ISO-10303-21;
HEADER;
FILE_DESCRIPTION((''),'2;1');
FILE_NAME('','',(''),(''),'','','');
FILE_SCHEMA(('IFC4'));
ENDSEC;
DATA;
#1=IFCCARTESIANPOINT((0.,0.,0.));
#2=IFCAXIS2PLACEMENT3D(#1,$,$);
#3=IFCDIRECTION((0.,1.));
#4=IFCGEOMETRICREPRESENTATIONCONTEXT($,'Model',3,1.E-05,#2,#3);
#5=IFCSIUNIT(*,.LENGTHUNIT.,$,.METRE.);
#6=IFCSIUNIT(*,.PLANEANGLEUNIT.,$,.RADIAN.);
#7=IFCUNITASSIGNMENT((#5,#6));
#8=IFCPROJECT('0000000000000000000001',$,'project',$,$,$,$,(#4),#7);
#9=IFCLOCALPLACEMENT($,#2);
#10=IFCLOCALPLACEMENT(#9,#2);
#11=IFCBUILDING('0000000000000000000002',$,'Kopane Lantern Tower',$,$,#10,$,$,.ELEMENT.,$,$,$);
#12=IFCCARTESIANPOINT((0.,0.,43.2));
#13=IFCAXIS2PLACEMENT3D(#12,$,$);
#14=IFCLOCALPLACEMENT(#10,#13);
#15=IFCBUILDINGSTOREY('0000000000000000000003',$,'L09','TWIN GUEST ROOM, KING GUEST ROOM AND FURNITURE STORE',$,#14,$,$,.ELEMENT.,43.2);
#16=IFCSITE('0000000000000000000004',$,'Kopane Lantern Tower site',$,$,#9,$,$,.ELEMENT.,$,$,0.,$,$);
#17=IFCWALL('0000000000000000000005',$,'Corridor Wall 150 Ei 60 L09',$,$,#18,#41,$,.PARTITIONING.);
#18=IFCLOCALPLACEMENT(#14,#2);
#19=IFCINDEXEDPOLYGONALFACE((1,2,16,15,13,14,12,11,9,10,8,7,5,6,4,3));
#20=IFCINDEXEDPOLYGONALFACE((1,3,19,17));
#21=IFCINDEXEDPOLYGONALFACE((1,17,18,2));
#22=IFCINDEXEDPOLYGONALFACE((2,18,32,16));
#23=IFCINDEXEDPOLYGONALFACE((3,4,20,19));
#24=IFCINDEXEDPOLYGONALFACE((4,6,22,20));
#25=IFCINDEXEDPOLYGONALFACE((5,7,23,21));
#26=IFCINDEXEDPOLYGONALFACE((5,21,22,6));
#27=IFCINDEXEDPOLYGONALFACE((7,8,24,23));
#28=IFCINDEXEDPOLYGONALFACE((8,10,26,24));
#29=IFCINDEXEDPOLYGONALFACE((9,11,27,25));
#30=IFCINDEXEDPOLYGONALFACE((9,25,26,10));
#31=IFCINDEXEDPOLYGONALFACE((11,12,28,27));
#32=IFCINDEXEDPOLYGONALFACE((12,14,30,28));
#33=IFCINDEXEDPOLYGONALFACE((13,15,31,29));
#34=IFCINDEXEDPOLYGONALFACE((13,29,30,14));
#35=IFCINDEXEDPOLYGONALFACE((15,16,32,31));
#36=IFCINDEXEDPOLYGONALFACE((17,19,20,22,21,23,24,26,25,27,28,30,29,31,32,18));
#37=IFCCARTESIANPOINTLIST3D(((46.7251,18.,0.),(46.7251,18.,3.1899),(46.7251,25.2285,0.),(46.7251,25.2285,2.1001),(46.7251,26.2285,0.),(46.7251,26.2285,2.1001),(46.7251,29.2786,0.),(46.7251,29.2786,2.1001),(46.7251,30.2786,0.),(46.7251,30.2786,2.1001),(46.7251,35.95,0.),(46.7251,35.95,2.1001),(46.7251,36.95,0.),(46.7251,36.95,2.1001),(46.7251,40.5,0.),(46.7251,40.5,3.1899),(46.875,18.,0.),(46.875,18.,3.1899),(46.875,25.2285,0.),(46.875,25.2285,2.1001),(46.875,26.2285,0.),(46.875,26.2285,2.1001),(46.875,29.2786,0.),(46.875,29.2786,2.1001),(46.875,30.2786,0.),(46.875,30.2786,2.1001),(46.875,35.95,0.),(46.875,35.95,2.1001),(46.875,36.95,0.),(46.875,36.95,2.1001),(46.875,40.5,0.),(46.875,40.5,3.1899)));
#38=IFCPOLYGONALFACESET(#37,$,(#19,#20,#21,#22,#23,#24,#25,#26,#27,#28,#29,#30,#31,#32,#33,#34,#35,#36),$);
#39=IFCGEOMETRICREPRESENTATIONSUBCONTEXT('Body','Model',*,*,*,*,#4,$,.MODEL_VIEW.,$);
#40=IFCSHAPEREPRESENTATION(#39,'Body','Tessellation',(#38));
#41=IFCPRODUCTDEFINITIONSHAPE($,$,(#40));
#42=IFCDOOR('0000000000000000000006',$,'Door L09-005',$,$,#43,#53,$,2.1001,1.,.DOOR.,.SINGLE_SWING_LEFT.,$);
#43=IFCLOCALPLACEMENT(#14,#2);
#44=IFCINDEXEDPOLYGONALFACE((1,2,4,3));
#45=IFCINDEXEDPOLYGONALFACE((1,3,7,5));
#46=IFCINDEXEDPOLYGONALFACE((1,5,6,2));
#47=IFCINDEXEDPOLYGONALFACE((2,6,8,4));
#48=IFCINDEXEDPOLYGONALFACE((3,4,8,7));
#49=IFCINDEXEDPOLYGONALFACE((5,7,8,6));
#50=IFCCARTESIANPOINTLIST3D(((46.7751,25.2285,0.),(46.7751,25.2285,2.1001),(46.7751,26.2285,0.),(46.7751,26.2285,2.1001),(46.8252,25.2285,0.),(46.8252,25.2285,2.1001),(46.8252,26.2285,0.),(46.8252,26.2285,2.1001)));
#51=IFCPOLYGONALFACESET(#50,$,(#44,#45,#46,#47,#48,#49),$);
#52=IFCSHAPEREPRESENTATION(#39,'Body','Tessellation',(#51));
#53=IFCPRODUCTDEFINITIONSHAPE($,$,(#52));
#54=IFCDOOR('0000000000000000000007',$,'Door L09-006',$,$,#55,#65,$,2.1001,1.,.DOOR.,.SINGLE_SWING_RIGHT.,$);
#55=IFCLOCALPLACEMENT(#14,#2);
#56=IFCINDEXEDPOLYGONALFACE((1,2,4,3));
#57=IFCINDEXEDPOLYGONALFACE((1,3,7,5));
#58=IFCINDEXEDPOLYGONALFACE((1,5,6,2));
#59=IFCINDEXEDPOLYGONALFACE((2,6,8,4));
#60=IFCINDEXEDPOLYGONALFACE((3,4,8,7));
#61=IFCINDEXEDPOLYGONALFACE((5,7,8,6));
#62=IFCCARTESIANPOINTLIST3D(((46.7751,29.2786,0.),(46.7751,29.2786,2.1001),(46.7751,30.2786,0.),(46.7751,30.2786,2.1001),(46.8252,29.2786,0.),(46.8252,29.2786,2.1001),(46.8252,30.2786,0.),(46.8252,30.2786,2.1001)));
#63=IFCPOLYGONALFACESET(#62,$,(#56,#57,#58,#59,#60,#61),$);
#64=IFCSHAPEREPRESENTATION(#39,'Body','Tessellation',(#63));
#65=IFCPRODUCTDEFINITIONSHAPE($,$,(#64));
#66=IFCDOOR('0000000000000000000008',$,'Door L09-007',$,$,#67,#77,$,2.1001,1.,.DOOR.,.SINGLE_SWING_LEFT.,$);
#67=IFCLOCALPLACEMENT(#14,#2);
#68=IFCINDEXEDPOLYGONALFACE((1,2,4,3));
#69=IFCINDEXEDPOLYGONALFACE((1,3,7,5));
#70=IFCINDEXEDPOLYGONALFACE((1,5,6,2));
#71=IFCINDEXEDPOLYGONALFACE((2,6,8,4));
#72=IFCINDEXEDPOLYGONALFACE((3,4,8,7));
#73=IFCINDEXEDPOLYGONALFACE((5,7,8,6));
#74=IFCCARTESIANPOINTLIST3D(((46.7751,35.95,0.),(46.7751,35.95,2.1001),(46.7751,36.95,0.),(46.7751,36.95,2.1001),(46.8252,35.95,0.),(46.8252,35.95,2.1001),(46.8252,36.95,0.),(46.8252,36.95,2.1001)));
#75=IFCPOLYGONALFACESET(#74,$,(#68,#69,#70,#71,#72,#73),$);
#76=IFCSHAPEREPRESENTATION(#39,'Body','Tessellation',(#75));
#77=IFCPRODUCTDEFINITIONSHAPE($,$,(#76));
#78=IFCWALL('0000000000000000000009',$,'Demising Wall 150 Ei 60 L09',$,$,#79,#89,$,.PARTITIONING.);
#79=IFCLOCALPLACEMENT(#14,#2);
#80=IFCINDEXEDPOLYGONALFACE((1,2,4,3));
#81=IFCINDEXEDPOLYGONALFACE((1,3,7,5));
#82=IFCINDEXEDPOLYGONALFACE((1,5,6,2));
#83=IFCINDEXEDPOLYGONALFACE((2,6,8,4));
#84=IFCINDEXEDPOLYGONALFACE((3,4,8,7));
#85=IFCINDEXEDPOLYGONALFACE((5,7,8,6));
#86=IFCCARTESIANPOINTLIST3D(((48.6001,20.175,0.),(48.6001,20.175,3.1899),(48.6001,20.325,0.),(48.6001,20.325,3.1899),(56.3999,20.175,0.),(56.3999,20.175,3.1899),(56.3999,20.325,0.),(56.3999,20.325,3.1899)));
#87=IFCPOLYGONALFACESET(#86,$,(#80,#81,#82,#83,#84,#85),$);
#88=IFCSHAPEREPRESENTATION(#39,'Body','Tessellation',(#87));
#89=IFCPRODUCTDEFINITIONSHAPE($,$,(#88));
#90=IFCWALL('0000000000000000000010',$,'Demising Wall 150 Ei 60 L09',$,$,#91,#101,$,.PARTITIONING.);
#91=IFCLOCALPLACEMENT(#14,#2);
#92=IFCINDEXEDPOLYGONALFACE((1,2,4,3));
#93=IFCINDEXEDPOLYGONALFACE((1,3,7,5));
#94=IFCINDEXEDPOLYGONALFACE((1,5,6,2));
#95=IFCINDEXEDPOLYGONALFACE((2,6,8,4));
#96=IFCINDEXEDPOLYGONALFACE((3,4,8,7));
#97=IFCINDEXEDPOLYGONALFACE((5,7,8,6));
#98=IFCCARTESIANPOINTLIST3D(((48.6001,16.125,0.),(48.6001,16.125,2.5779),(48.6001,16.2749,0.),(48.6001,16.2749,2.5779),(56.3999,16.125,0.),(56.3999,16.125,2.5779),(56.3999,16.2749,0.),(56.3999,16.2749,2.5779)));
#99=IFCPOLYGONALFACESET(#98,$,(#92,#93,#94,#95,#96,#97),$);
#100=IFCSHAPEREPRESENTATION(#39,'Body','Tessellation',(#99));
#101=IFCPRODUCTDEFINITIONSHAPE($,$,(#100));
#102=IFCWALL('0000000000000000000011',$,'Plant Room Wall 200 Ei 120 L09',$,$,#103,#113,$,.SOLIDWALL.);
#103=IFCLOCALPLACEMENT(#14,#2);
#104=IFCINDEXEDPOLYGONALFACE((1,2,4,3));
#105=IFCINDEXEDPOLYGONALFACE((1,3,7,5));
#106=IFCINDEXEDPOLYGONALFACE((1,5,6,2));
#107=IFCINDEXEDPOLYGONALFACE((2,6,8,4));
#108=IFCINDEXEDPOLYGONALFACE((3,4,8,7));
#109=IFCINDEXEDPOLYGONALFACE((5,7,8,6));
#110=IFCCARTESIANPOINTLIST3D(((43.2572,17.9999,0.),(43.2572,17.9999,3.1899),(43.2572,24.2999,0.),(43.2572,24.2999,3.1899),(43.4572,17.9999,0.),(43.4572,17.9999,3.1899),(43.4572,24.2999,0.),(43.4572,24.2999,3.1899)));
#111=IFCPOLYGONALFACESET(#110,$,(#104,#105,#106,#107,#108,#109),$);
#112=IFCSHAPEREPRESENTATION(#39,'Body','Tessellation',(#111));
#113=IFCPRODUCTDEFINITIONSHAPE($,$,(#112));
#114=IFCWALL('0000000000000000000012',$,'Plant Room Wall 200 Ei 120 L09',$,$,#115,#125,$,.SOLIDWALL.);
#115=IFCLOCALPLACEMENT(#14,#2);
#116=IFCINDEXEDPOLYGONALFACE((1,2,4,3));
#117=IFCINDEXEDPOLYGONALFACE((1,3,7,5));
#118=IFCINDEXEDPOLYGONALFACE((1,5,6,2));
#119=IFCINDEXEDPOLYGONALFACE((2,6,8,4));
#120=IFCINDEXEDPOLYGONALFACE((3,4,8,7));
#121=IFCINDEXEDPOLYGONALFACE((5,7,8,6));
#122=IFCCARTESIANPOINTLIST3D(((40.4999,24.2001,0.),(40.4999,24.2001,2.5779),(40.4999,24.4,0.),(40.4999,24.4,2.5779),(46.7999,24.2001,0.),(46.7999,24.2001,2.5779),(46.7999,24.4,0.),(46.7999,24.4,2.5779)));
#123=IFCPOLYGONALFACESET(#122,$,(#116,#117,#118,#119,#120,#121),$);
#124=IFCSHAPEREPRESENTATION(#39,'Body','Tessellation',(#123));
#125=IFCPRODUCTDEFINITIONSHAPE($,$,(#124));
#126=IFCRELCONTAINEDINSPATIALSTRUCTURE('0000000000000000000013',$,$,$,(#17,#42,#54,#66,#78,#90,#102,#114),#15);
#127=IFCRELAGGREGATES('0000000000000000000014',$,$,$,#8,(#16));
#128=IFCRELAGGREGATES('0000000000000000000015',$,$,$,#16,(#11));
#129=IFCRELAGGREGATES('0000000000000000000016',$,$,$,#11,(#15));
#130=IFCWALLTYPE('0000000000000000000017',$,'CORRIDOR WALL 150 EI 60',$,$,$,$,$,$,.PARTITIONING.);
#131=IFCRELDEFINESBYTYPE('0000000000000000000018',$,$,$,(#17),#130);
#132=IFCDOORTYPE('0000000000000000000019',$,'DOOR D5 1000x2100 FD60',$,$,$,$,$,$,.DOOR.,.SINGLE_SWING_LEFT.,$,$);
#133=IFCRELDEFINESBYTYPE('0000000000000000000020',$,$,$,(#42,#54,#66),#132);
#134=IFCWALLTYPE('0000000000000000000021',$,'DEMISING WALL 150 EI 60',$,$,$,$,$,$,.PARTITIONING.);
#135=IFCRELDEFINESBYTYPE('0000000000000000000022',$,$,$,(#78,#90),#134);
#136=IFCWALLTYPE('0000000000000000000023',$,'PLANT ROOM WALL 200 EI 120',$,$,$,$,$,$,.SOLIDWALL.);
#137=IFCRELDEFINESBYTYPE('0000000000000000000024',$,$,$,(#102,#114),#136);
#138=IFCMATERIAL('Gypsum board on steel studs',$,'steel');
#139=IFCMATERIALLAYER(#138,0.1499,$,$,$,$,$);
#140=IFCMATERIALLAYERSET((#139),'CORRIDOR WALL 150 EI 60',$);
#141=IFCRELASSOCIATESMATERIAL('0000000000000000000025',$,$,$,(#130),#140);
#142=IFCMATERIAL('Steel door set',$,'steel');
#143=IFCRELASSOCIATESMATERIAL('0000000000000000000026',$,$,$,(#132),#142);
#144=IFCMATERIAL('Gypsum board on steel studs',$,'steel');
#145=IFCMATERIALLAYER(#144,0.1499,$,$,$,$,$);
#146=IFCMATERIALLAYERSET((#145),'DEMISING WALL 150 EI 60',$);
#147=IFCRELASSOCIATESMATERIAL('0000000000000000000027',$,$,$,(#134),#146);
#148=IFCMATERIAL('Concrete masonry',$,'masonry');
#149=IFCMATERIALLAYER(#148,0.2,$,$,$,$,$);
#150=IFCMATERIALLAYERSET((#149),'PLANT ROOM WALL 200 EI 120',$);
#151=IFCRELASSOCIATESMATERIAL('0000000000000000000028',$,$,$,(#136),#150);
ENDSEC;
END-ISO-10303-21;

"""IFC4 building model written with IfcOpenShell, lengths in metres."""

from ifc_helpers import new_model, si_unit, direction, frame, frame_2d, origin, place, context, subcontext, project, spatial, rectangle, extrude, material, layer, layer_set, type_object, element, fill, save


model = new_model("IFC4")

# Units and contexts
model_context = context("Model", 3, precision=1e-05, world=origin(), true_north=direction((0.0, 1.0)))
body_context = subcontext(model_context, "Body", "Model", "MODEL_VIEW")
ifc_project = project(units=[si_unit("LENGTHUNIT", "METRE"), si_unit("PLANEANGLEUNIT", "RADIAN")], contexts=[model_context])

# Site, building, storey
site_placement = place(None, origin())
site = spatial("IfcSite", under=ifc_project, at=site_placement, Name="Kopane Lantern Tower site", CompositionType="ELEMENT", RefElevation=0.0)
building_placement = place(site_placement, origin())
building = spatial("IfcBuilding", under=site, at=building_placement, Name="Kopane Lantern Tower", CompositionType="ELEMENT")
storey_placement = place(building_placement, frame((0.0, 0.0, 43.2)))
storey = spatial("IfcBuildingStorey", under=building, at=storey_placement, Name="L09", Description="TWIN GUEST ROOM, KING GUEST ROOM AND FURNITURE STORE", CompositionType="ELEMENT", Elevation=43.2)

# Wall, openings, doors
ifc_material_1 = material(Name="Gypsum board on steel studs", Category="steel")
ifc_layer_1 = layer(ifc_material_1, 0.1499)
ifc_layer_set_1 = layer_set([ifc_layer_1], Name="CORRIDOR WALL 150 EI 60")
wall_type_1 = type_object("IfcWallType", Name="CORRIDOR WALL 150 EI 60", PredefinedType="PARTITIONING", material=ifc_layer_set_1)
wall_1_placement = place(storey_placement, frame((46.8, 18.0, 0.0), z_axis=(0.0, 0.0, 1.0), x_axis=(0.0, 1.0, 0.0)))
wall_1 = element("IfcWall", 1, at=wall_1_placement, inside=storey, type_object=wall_type_1, Name="Corridor Wall 150 Ei 60 L09", PredefinedType="PARTITIONING", context=body_context, shape_type="SweptSolid", body=[
    extrude(rectangle(XDim=22.5, YDim=0.1499, at=frame_2d((11.25, 0.0))), origin(), (0.0, 0.0, 1.0), 3.1899),
])
opening_1_placement = place(wall_1_placement, frame((7.2285, 0.0, 0.0)))
opening_1 = element("IfcOpeningElement", 2, at=opening_1_placement, cuts=wall_1, PredefinedType="OPENING", context=body_context, shape_type="SweptSolid", body=[
    extrude(rectangle(XDim=1.0, YDim=2.1001, at=frame_2d((0.5, 1.05))), frame((0.0, 0.085, 0.0), z_axis=(0.0, -1.0, 0.0), x_axis=(1.0, 0.0, 0.0)), (0.0, 0.0, 1.0), 0.1699),
])
opening_2_placement = place(wall_1_placement, frame((11.2786, 0.0, 0.0)))
opening_2 = element("IfcOpeningElement", 3, at=opening_2_placement, cuts=wall_1, PredefinedType="OPENING", context=body_context, shape_type="SweptSolid", body=[
    extrude(rectangle(XDim=1.0, YDim=2.1001, at=frame_2d((0.5, 1.05))), frame((0.0, 0.085, 0.0), z_axis=(0.0, -1.0, 0.0), x_axis=(1.0, 0.0, 0.0)), (0.0, 0.0, 1.0), 0.1699),
])
opening_3_placement = place(wall_1_placement, frame((17.95, 0.0, 0.0)))
opening_3 = element("IfcOpeningElement", 4, at=opening_3_placement, cuts=wall_1, PredefinedType="OPENING", context=body_context, shape_type="SweptSolid", body=[
    extrude(rectangle(XDim=1.0, YDim=2.1001, at=frame_2d((0.5, 1.05))), frame((0.0, 0.085, 0.0), z_axis=(0.0, -1.0, 0.0), x_axis=(1.0, 0.0, 0.0)), (0.0, 0.0, 1.0), 0.1699),
])
ifc_material_2 = material(Name="Steel door set", Category="steel")
door_type_1 = type_object("IfcDoorType", Name="DOOR D5 1000x2100 FD60", OperationType="SINGLE_SWING_LEFT", PredefinedType="DOOR", material=ifc_material_2)
door_1_placement = place(opening_1_placement, origin())
door_1 = element("IfcDoor", 5, at=door_1_placement, inside=storey, type_object=door_type_1, Name="Door L09-005", OperationType="SINGLE_SWING_LEFT", OverallHeight=2.1001, OverallWidth=1.0, PredefinedType="DOOR", context=body_context, shape_type="SweptSolid", body=[
    extrude(rectangle(XDim=1.0, YDim=2.1001, at=frame_2d((0.5, 1.05))), frame((0.0, 0.0249, 0.0), z_axis=(0.0, -1.0, 0.0), x_axis=(1.0, 0.0, 0.0)), (0.0, 0.0, 1.0), 0.05),
])
fill(opening_1, door_1)
door_2_placement = place(opening_2_placement, origin())
door_2 = element("IfcDoor", 6, at=door_2_placement, inside=storey, type_object=door_type_1, Name="Door L09-006", OperationType="SINGLE_SWING_RIGHT", OverallHeight=2.1001, OverallWidth=1.0, PredefinedType="DOOR", context=body_context, shape_type="SweptSolid", body=[
    extrude(rectangle(XDim=1.0, YDim=2.1001, at=frame_2d((0.5, 1.05))), frame((0.0, 0.0249, 0.0), z_axis=(0.0, -1.0, 0.0), x_axis=(1.0, 0.0, 0.0)), (0.0, 0.0, 1.0), 0.05),
])
fill(opening_2, door_2)
door_3_placement = place(opening_3_placement, origin())
door_3 = element("IfcDoor", 7, at=door_3_placement, inside=storey, type_object=door_type_1, Name="Door L09-007", OperationType="SINGLE_SWING_LEFT", OverallHeight=2.1001, OverallWidth=1.0, PredefinedType="DOOR", context=body_context, shape_type="SweptSolid", body=[
    extrude(rectangle(XDim=1.0, YDim=2.1001, at=frame_2d((0.5, 1.05))), frame((0.0, 0.0249, 0.0), z_axis=(0.0, -1.0, 0.0), x_axis=(1.0, 0.0, 0.0)), (0.0, 0.0, 1.0), 0.05),
])
fill(opening_3, door_3)

# Walls
ifc_material_3 = material(Name="Gypsum board on steel studs", Category="steel")
ifc_layer_2 = layer(ifc_material_3, 0.1499)
ifc_layer_set_2 = layer_set([ifc_layer_2], Name="DEMISING WALL 150 EI 60")
wall_type_2 = type_object("IfcWallType", Name="DEMISING WALL 150 EI 60", PredefinedType="PARTITIONING", material=ifc_layer_set_2)
wall_2_placement = place(storey_placement, frame((48.6001, 20.25, 0.0), z_axis=(0.0, 0.0, 1.0), x_axis=(1.0, 0.0, 0.0)))
element("IfcWall", 8, at=wall_2_placement, inside=storey, type_object=wall_type_2, Name="Demising Wall 150 Ei 60 L09", PredefinedType="PARTITIONING", context=body_context, shape_type="SweptSolid", body=[
    extrude(rectangle(XDim=7.7998, YDim=0.1499, at=frame_2d((3.8999, 0.0))), origin(), (0.0, 0.0, 1.0), 3.1899),
])
wall_3_placement = place(storey_placement, frame((48.6001, 16.2, 0.0), z_axis=(0.0, 0.0, 1.0), x_axis=(1.0, 0.0, 0.0)))
element("IfcWall", 9, at=wall_3_placement, inside=storey, type_object=wall_type_2, Name="Demising Wall 150 Ei 60 L09", PredefinedType="PARTITIONING", context=body_context, shape_type="SweptSolid", body=[
    extrude(rectangle(XDim=7.7998, YDim=0.1499, at=frame_2d((3.8999, 0.0))), origin(), (0.0, 0.0, 1.0), 2.5779),
])
ifc_material_4 = material(Name="Concrete masonry", Category="masonry")
ifc_layer_3 = layer(ifc_material_4, 0.2)
ifc_layer_set_3 = layer_set([ifc_layer_3], Name="PLANT ROOM WALL 200 EI 120")
wall_type_3 = type_object("IfcWallType", Name="PLANT ROOM WALL 200 EI 120", PredefinedType="SOLIDWALL", material=ifc_layer_set_3)
wall_4_placement = place(storey_placement, frame((43.3572, 18.0, 0.0), z_axis=(0.0, 0.0, 1.0), x_axis=(0.0, 1.0, 0.0)))
element("IfcWall", 10, at=wall_4_placement, inside=storey, type_object=wall_type_3, Name="Plant Room Wall 200 Ei 120 L09", PredefinedType="SOLIDWALL", context=body_context, shape_type="SweptSolid", body=[
    extrude(rectangle(XDim=6.3, YDim=0.2, at=frame_2d((3.1499, 0.0))), origin(), (0.0, 0.0, 1.0), 3.1899),
])
wall_5_placement = place(storey_placement, frame((40.5, 24.3, 0.0), z_axis=(0.0, 0.0, 1.0), x_axis=(1.0, 0.0, 0.0)))
element("IfcWall", 11, at=wall_5_placement, inside=storey, type_object=wall_type_3, Name="Plant Room Wall 200 Ei 120 L09", PredefinedType="SOLIDWALL", context=body_context, shape_type="SweptSolid", body=[
    extrude(rectangle(XDim=6.3, YDim=0.2, at=frame_2d((3.1499, 0.0))), origin(), (0.0, 0.0, 1.0), 2.5779),
])

save(model, "model.ifc")
